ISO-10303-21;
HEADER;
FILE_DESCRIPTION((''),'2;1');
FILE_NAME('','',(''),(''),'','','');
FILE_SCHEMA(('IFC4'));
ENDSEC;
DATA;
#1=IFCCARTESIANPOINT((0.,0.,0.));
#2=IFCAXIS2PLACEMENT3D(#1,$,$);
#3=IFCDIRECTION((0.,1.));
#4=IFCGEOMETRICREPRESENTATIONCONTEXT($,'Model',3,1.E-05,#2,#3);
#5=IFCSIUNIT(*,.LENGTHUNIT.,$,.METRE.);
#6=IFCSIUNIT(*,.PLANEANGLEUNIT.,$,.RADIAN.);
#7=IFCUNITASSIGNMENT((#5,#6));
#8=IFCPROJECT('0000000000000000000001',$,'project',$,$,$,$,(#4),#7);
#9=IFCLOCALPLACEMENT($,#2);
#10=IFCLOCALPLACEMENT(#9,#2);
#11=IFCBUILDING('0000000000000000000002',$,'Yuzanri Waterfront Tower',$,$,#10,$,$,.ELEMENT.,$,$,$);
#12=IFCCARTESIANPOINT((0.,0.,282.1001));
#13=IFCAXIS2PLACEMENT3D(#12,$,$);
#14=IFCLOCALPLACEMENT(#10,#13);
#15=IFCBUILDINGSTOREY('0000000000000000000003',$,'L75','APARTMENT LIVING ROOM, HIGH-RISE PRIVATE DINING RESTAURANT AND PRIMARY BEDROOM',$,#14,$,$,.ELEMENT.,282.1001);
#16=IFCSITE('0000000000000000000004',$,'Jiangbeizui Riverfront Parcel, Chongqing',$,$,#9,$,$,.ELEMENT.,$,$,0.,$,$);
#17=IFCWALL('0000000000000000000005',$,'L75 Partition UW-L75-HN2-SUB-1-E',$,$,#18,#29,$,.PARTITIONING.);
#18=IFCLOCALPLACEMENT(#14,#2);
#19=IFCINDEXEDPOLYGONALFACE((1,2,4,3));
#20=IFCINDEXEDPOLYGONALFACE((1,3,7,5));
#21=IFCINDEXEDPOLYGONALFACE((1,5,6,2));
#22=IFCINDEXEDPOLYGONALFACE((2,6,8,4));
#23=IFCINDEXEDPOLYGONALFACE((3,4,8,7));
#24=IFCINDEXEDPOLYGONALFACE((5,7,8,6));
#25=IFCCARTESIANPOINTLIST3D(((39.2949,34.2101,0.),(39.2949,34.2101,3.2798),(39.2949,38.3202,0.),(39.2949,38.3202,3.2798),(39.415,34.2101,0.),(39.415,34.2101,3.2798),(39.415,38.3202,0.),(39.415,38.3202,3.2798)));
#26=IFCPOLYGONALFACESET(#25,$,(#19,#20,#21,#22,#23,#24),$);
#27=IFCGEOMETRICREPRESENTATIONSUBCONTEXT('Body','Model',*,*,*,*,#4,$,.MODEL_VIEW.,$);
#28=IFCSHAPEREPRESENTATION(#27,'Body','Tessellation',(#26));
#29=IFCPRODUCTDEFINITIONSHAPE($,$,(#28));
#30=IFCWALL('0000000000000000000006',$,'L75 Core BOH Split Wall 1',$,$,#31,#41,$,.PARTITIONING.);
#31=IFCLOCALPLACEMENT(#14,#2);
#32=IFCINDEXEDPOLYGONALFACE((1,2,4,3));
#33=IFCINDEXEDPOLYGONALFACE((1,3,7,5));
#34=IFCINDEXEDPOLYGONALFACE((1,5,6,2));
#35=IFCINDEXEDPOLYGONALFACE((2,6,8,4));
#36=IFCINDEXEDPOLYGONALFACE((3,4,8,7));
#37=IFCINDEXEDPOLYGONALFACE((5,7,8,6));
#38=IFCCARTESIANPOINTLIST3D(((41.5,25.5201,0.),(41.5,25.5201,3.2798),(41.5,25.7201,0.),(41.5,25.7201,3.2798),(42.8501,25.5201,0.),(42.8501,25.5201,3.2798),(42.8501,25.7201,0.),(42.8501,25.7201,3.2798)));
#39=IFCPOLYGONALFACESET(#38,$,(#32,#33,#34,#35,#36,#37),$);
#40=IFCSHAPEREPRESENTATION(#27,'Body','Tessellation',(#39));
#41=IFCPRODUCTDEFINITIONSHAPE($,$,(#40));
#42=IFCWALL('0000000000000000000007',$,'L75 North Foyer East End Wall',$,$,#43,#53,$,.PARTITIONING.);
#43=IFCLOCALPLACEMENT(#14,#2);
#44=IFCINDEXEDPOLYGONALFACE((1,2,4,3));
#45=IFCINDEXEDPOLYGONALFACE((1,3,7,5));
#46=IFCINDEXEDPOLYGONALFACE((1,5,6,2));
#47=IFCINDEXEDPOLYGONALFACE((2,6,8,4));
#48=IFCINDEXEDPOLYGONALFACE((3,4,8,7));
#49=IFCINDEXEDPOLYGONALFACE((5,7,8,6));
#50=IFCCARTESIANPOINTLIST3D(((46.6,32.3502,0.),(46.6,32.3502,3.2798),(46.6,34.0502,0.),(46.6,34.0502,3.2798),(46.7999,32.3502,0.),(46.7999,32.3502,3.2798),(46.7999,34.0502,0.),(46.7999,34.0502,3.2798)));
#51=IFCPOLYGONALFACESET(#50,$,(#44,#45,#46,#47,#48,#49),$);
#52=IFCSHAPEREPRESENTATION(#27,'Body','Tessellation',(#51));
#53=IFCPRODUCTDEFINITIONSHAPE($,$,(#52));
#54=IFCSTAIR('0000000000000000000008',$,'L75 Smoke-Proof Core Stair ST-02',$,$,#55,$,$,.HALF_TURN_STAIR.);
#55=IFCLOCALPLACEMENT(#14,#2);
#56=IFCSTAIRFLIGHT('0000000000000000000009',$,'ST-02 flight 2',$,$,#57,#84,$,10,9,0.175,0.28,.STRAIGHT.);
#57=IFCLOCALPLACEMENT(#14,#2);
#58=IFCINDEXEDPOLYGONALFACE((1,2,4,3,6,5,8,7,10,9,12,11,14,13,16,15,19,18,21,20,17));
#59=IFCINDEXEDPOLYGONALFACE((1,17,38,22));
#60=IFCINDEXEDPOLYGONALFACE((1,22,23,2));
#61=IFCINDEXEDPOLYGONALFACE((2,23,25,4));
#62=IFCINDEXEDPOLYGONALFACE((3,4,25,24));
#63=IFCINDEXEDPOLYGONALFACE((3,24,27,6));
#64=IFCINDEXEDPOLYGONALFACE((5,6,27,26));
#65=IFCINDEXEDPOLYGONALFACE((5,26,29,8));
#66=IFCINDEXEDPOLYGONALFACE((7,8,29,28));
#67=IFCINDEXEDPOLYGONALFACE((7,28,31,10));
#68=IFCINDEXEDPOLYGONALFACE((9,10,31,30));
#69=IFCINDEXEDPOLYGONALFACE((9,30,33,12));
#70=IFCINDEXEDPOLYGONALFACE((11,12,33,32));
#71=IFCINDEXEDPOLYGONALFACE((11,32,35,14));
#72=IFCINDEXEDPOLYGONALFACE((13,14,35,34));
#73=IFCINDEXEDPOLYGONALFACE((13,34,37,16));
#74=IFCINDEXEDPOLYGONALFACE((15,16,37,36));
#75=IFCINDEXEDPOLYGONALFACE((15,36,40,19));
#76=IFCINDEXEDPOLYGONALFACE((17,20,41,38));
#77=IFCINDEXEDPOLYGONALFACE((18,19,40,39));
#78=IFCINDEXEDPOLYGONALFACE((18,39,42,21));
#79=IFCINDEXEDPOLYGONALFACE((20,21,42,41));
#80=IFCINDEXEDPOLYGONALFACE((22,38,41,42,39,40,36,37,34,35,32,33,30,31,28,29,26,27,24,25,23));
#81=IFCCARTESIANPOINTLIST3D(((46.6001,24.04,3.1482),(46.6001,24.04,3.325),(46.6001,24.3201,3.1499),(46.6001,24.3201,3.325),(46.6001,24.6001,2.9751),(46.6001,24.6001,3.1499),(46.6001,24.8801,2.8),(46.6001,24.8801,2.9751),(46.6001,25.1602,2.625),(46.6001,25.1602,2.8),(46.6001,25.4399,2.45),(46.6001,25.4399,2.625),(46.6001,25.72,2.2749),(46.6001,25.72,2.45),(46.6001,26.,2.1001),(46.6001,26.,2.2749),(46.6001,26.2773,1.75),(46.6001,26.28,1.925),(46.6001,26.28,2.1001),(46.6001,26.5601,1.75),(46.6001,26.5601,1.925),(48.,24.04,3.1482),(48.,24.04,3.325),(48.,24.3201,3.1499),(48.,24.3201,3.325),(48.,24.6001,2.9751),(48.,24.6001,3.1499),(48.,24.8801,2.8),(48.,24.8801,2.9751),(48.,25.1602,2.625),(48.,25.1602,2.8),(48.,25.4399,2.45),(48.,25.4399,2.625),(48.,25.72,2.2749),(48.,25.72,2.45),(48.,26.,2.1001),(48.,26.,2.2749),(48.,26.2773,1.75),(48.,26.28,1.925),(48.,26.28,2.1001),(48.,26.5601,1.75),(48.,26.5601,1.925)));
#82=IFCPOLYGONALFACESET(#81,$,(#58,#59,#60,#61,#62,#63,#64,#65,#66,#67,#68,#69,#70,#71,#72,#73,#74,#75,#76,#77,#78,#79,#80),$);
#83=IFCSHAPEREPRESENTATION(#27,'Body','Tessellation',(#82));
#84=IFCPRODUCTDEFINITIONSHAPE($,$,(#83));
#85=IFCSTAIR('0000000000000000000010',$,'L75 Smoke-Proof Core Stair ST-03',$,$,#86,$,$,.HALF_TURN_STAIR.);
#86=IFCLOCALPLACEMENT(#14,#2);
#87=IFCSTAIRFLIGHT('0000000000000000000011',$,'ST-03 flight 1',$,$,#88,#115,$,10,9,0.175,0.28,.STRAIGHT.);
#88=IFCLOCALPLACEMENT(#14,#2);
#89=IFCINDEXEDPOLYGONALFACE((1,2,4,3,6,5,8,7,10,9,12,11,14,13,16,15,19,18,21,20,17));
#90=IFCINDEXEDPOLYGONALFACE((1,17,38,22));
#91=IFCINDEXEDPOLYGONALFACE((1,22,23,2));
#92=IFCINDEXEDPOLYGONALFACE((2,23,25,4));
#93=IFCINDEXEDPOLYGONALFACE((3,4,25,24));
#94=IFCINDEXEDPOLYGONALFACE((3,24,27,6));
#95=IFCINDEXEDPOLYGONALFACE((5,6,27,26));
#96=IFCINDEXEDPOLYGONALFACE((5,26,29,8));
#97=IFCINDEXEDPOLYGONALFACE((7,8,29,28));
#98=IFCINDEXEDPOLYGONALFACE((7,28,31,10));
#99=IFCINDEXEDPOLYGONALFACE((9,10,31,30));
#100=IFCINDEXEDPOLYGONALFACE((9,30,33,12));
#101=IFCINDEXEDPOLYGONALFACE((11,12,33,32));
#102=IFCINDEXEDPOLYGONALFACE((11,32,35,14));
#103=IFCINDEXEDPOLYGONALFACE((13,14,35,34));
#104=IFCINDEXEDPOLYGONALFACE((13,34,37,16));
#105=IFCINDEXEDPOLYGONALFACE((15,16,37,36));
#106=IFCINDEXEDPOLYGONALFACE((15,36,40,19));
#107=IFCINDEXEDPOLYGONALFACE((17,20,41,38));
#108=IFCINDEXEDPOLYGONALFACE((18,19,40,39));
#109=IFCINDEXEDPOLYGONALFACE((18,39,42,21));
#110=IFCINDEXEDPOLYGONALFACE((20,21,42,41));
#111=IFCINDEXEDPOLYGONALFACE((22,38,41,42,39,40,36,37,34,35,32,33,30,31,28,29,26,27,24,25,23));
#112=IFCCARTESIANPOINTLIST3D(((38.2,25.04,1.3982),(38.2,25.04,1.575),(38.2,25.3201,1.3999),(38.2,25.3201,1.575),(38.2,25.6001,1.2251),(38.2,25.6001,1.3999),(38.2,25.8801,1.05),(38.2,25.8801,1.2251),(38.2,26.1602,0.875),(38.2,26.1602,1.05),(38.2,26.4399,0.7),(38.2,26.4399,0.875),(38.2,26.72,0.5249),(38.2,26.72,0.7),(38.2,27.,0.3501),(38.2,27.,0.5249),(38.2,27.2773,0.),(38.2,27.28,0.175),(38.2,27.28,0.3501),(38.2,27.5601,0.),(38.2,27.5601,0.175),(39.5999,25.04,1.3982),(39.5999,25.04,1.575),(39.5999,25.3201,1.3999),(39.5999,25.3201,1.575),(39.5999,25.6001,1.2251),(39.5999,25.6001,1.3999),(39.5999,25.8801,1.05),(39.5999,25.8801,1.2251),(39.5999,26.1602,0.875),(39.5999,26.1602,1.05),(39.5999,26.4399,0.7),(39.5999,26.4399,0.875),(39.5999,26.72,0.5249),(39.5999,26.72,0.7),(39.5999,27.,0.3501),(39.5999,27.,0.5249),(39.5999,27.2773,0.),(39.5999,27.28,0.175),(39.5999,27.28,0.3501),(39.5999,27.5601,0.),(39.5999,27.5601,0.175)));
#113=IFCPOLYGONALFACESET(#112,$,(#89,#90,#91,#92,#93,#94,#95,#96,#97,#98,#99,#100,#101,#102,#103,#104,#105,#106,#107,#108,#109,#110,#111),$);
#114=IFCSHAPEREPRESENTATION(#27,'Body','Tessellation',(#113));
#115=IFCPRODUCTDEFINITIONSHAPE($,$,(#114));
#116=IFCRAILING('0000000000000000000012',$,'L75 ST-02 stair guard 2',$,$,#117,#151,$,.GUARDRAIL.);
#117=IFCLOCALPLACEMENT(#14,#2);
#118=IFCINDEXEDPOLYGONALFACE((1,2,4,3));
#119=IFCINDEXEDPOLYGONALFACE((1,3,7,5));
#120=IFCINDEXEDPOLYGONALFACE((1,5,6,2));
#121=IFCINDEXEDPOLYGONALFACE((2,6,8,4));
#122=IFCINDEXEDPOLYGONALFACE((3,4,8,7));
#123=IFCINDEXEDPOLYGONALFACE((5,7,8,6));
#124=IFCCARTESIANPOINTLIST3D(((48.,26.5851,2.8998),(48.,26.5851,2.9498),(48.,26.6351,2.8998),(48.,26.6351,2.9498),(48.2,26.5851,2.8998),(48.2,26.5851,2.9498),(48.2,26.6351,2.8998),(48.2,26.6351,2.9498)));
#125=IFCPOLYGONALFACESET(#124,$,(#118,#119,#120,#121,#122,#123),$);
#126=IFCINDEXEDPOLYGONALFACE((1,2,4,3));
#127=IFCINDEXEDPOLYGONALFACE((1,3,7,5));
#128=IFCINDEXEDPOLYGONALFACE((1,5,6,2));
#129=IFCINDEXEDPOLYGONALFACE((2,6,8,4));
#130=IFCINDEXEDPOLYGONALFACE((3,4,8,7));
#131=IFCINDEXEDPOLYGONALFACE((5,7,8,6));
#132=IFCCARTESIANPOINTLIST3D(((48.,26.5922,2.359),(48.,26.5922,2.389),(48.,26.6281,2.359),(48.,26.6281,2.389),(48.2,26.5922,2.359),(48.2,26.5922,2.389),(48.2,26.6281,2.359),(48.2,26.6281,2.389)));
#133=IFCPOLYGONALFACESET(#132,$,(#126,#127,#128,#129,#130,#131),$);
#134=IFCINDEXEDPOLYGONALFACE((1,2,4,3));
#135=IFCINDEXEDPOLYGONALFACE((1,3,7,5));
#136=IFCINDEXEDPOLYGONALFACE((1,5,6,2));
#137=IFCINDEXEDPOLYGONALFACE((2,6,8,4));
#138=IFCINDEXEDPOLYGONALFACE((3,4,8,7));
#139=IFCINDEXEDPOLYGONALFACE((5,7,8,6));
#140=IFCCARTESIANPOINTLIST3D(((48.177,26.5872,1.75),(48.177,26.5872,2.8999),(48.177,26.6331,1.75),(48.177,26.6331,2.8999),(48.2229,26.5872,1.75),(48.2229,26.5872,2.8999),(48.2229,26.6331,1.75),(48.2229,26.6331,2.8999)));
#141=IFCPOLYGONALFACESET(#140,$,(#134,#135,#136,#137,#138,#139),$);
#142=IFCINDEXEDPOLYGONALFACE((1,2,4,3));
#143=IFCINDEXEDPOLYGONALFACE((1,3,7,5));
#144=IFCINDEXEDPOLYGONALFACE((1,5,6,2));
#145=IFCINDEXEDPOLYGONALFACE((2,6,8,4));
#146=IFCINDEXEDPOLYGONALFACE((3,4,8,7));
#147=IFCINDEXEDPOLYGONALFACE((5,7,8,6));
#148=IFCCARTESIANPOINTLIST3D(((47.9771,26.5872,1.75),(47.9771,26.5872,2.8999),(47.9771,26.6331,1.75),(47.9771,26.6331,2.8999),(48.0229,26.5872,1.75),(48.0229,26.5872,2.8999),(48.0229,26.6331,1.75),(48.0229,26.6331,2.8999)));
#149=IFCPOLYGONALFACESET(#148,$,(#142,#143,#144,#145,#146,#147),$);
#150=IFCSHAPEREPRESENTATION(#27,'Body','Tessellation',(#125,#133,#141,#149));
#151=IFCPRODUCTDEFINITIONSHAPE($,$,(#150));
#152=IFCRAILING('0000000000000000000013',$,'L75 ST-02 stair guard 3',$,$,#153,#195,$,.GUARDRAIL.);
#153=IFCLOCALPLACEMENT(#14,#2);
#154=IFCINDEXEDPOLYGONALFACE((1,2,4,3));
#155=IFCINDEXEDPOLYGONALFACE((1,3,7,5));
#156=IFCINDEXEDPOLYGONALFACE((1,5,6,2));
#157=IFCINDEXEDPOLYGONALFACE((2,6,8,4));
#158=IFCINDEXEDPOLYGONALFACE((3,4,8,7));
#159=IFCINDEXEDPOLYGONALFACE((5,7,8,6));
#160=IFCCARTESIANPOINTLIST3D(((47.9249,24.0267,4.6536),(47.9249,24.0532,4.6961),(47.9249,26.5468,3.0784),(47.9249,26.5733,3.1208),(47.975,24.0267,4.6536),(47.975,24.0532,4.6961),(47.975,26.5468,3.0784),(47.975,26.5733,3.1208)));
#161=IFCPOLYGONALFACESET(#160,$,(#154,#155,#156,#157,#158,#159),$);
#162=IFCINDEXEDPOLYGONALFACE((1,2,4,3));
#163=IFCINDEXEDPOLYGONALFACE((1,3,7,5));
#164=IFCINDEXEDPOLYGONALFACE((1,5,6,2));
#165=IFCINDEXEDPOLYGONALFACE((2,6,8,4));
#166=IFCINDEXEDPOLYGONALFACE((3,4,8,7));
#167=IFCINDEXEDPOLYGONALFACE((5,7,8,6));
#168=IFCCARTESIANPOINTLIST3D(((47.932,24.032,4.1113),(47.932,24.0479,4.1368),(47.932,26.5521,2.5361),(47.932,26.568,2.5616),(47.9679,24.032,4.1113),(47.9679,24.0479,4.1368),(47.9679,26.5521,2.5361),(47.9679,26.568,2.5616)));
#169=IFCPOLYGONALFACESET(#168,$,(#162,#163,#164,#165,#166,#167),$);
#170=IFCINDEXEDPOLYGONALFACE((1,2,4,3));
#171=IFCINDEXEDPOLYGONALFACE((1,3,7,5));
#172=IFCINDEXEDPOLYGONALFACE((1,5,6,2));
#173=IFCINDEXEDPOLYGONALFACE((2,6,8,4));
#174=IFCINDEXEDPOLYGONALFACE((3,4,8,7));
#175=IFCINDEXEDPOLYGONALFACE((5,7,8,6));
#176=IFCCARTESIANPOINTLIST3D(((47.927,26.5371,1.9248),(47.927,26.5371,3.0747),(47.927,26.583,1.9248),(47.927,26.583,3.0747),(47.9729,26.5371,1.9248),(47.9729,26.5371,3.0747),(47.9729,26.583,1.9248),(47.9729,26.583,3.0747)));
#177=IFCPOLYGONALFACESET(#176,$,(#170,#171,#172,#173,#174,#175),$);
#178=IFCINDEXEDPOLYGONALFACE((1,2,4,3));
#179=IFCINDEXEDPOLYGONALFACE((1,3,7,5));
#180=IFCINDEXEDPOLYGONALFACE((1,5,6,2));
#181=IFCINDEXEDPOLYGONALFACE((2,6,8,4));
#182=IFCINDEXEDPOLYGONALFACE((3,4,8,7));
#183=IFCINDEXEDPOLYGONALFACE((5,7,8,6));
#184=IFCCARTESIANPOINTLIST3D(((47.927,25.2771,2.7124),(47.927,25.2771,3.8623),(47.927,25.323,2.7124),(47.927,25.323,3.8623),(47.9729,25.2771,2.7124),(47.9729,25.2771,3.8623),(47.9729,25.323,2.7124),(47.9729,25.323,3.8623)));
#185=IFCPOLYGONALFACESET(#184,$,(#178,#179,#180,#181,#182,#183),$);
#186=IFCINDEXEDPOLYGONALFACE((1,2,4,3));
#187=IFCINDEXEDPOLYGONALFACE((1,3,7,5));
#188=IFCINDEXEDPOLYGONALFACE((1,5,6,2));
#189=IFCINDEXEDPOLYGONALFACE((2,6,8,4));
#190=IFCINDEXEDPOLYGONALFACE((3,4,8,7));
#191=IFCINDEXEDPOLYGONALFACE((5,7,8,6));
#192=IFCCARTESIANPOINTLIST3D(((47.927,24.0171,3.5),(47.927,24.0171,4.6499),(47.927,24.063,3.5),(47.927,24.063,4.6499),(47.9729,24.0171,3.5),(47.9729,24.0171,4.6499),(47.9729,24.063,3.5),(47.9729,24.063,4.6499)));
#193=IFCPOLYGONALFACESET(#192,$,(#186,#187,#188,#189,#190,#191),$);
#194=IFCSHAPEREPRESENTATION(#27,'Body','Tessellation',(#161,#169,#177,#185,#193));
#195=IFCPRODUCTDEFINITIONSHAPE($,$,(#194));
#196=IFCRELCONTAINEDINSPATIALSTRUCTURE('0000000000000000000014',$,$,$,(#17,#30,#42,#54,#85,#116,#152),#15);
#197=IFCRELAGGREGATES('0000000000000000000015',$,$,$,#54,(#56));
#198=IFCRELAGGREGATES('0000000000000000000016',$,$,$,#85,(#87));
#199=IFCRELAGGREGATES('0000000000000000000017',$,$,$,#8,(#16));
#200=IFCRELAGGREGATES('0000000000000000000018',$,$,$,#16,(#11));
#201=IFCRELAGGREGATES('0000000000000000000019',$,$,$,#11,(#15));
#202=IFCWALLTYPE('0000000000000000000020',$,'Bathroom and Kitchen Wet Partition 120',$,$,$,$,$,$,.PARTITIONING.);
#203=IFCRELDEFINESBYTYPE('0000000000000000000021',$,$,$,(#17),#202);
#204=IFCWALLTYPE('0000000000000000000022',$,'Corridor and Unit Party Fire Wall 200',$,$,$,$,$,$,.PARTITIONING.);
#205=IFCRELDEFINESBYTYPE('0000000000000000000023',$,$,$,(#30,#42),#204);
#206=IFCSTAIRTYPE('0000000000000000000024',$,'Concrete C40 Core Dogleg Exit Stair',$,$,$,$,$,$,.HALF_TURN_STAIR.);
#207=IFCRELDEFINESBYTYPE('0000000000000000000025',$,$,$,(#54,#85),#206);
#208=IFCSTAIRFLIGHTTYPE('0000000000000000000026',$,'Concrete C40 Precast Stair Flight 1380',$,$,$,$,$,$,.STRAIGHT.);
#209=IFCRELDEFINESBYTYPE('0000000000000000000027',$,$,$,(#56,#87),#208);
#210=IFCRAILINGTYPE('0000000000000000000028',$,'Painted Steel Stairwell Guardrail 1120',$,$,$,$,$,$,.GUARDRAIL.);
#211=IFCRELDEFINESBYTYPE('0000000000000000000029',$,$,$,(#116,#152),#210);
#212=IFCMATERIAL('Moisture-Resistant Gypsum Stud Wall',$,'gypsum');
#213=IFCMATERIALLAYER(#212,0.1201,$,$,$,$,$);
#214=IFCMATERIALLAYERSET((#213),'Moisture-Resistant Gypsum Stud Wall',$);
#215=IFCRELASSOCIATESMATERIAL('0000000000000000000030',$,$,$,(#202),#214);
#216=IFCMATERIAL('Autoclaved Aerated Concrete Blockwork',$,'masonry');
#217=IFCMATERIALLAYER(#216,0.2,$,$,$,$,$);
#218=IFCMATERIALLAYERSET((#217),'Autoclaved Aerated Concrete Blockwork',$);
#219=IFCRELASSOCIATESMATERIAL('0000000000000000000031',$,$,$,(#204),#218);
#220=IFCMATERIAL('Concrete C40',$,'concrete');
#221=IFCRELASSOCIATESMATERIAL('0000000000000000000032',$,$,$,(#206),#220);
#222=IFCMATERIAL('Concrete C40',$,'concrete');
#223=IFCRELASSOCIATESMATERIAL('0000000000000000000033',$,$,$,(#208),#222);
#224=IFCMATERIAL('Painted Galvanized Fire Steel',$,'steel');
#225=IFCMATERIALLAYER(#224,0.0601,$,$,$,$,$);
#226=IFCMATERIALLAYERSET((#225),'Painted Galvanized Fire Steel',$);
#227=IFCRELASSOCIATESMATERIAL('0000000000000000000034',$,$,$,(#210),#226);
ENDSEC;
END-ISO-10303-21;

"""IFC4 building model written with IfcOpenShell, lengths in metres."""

from ifc_helpers import new_model, si_unit, direction, frame, frame_2d, origin, origin_2d, place, context, subcontext, project, spatial, polyline, rectangle, outline, extrude, source, transform, mapped, material, layer, layer_set, type_object, element, aggregate, save


model = new_model("IFC4")

# Units and contexts
model_context = context("Model", 3, precision=1e-05, world=origin(), true_north=direction((0.0, 1.0)))
body_context = subcontext(model_context, "Body", "Model", "MODEL_VIEW")
ifc_project = project(units=[si_unit("LENGTHUNIT", "METRE"), si_unit("PLANEANGLEUNIT", "RADIAN")], contexts=[model_context])

# Site, building, storey
site_placement = place(None, origin())
site = spatial("IfcSite", under=ifc_project, at=site_placement, Name="Jiangbeizui Riverfront Parcel, Chongqing", CompositionType="ELEMENT", RefElevation=0.0)
building_placement = place(site_placement, origin())
building = spatial("IfcBuilding", under=site, at=building_placement, Name="Yuzanri Waterfront Tower", CompositionType="ELEMENT")
storey_placement = place(building_placement, frame((0.0, 0.0, 282.1001)))
storey = spatial("IfcBuildingStorey", under=building, at=storey_placement, Name="L75", Description="APARTMENT LIVING ROOM, HIGH-RISE PRIVATE DINING RESTAURANT AND PRIMARY BEDROOM", CompositionType="ELEMENT", Elevation=282.1001)

# Walls
ifc_material_1 = material(Name="Moisture-Resistant Gypsum Stud Wall", Category="gypsum")
ifc_layer_1 = layer(ifc_material_1, 0.1201)
ifc_layer_set_1 = layer_set([ifc_layer_1], Name="Moisture-Resistant Gypsum Stud Wall")
wall_type_1 = type_object("IfcWallType", Name="Bathroom and Kitchen Wet Partition 120", PredefinedType="PARTITIONING", material=ifc_layer_set_1)
shared_shape_1 = source(origin(), body_context, "Body", "SweptSolid", [
    extrude(rectangle(XDim=4.1101, YDim=0.1201, at=frame_2d((2.0552, 0.0))), origin(), (0.0, 0.0, 1.0), 3.2798),
])
wall_1_placement = place(storey_placement, frame((39.355, 34.21, 0.0), z_axis=(0.0, 0.0, 1.0), x_axis=(0.0, 1.0, 0.0)))
element("IfcWall", 1, at=wall_1_placement, inside=storey, type_object=wall_type_1, Name="L75 Partition UW-L75-HN2-SUB-1-E", PredefinedType="PARTITIONING", context=body_context, shape_type="MappedRepresentation", body=[
    mapped(shared_shape_1, transform((0.0, 0.0, 0.0), scale=1.0)),
])
ifc_material_2 = material(Name="Autoclaved Aerated Concrete Blockwork", Category="masonry")
ifc_layer_2 = layer(ifc_material_2, 0.2)
ifc_layer_set_2 = layer_set([ifc_layer_2], Name="Autoclaved Aerated Concrete Blockwork")
wall_type_2 = type_object("IfcWallType", Name="Corridor and Unit Party Fire Wall 200", PredefinedType="PARTITIONING", material=ifc_layer_set_2)
shared_shape_2 = source(origin(), body_context, "Body", "SweptSolid", [
    extrude(rectangle(XDim=1.3501, YDim=0.2, at=frame_2d((0.675, 0.0))), origin(), (0.0, 0.0, 1.0), 3.2798),
])
wall_2_placement = place(storey_placement, frame((41.5, 25.6201, 0.0), z_axis=(0.0, 0.0, 1.0), x_axis=(1.0, 0.0, 0.0)))
element("IfcWall", 2, at=wall_2_placement, inside=storey, type_object=wall_type_2, Name="L75 Core BOH Split Wall 1", PredefinedType="PARTITIONING", context=body_context, shape_type="MappedRepresentation", body=[
    mapped(shared_shape_2, transform((0.0, 0.0, 0.0), scale=1.0)),
])
shared_shape_3 = source(origin(), body_context, "Body", "SweptSolid", [
    extrude(rectangle(XDim=1.7, YDim=0.2, at=frame_2d((0.8501, 0.0))), origin(), (0.0, 0.0, 1.0), 3.2798),
])
wall_3_placement = place(storey_placement, frame((46.7, 32.3501, 0.0), z_axis=(0.0, 0.0, 1.0), x_axis=(0.0, 1.0, 0.0)))
element("IfcWall", 3, at=wall_3_placement, inside=storey, type_object=wall_type_2, Name="L75 North Foyer East End Wall", PredefinedType="PARTITIONING", context=body_context, shape_type="MappedRepresentation", body=[
    mapped(shared_shape_3, transform((0.0, 0.0, 0.0), scale=1.0)),
])

# Stairs, stair flights
ifc_material_3 = material(Name="Concrete C40", Category="concrete")
stair_type = type_object("IfcStairType", Name="Concrete C40 Core Dogleg Exit Stair", PredefinedType="HALF_TURN_STAIR", material=ifc_material_3)
stair_1_placement = place(storey_placement, origin())
stair_1 = element("IfcStair", 4, at=stair_1_placement, inside=storey, type_object=stair_type, Name="L75 Smoke-Proof Core Stair ST-02", PredefinedType="HALF_TURN_STAIR")
ifc_material_4 = material(Name="Concrete C40", Category="concrete")
stair_flight_type = type_object("IfcStairFlightType", Name="Concrete C40 Precast Stair Flight 1380", PredefinedType="STRAIGHT", material=ifc_material_4)
shared_shape_4 = source(origin(), body_context, "Body", "SweptSolid", [
    extrude(outline(polyline([(0.0, 0.0), (0.0, 0.175), (0.28, 0.175), (0.28, 0.3501), (0.5601, 0.3501), (0.5601, 0.5249), (0.8401, 0.5249), (0.8401, 0.7), (1.1201, 0.7), (1.1201, 0.875), (1.3999, 0.875), (1.3999, 1.05), (1.6799, 1.05), (1.6799, 1.2251), (1.96, 1.2251), (1.96, 1.3999), (2.24, 1.3999), (2.24, 1.575), (2.52, 1.575), (2.52, 1.75), (2.52, 1.3982), (0.2827, 0.0), (0.0, 0.0)])), frame((0.0, 0.7, 0.0), z_axis=(0.0, -1.0, 0.0), x_axis=(1.0, 0.0, 0.0)), (0.0, 0.0, 1.0), 1.3999),
])
stair_flight_1_placement = place(storey_placement, frame((47.3, 26.5601, 1.75), z_axis=(0.0, 0.0, 1.0), x_axis=(0.0, -1.0, 0.0)))
stair_flight_1 = element("IfcStairFlight", 5, at=stair_flight_1_placement, type_object=stair_flight_type, Name="ST-02 flight 2", NumberOfRisers=10, NumberOfTreads=9, PredefinedType="STRAIGHT", RiserHeight=0.175, TreadLength=0.28, context=body_context, shape_type="MappedRepresentation", body=[
    mapped(shared_shape_4, transform((0.0, 0.0, 0.0), scale=1.0)),
])
aggregate(stair_1, [stair_flight_1])
stair_2_placement = place(storey_placement, origin())
stair_2 = element("IfcStair", 6, at=stair_2_placement, inside=storey, type_object=stair_type, Name="L75 Smoke-Proof Core Stair ST-03", PredefinedType="HALF_TURN_STAIR")
stair_flight_2_placement = place(storey_placement, frame((38.8999, 27.5601, 0.0), z_axis=(0.0, 0.0, 1.0), x_axis=(0.0, -1.0, 0.0)))
stair_flight_2 = element("IfcStairFlight", 7, at=stair_flight_2_placement, type_object=stair_flight_type, Name="ST-03 flight 1", NumberOfRisers=10, NumberOfTreads=9, PredefinedType="STRAIGHT", RiserHeight=0.175, TreadLength=0.28, context=body_context, shape_type="MappedRepresentation", body=[
    mapped(shared_shape_4, transform((0.0, 0.0, 0.0), scale=1.0)),
])
aggregate(stair_2, [stair_flight_2])

# Railings
ifc_material_5 = material(Name="Painted Galvanized Fire Steel", Category="steel")
ifc_layer_3 = layer(ifc_material_5, 0.0601)
ifc_layer_set_3 = layer_set([ifc_layer_3], Name="Painted Galvanized Fire Steel")
railing_type_1 = type_object("IfcRailingType", Name="Painted Steel Stairwell Guardrail 1120", PredefinedType="GUARDRAIL", material=ifc_layer_set_3)
shared_shape_5 = source(origin(), body_context, "Body", "SweptSolid", [
    extrude(rectangle(XDim=0.05, YDim=0.05, at=origin_2d()), frame((0.0, 0.0, 1.1748), z_axis=(-1.0, 0.0, 0.0), x_axis=(0.0, -1.0, 0.0)), (0.0, 0.0, 1.0), 0.2),
    extrude(rectangle(XDim=0.0359, YDim=0.03, at=origin_2d()), frame((0.0, 0.0, 0.624), z_axis=(-1.0, 0.0, 0.0), x_axis=(0.0, -1.0, 0.0)), (0.0, 0.0, 1.0), 0.2),
    extrude(rectangle(XDim=0.0459, YDim=0.0459, at=origin_2d()), origin(), (0.0, 0.0, 1.0), 1.1499),
    extrude(rectangle(XDim=0.0459, YDim=0.0459, at=origin_2d()), frame((-0.2, 0.0, 0.0)), (0.0, 0.0, 1.0), 1.1499),
])
railing_1_placement = place(storey_placement, frame((48.2, 26.6101, 1.75)))
element("IfcRailing", 8, at=railing_1_placement, inside=storey, type_object=railing_type_1, Name="L75 ST-02 stair guard 2", PredefinedType="GUARDRAIL", context=body_context, shape_type="MappedRepresentation", body=[
    mapped(shared_shape_5, transform((0.0, 0.0, 0.0), scale=1.0)),
])
shared_shape_6 = source(origin(), body_context, "Body", "SweptSolid", [
    extrude(rectangle(XDim=0.05, YDim=0.05, at=origin_2d()), frame((0.0, 0.0, 1.1748), z_axis=(0.0, -0.847971, 0.530043), x_axis=(1.0, 0.0, 0.0)), (0.0, 0.0, 1.0), 2.9719),
    extrude(rectangle(XDim=0.0359, YDim=0.03, at=origin_2d()), frame((0.0, 0.0, 0.624), z_axis=(0.0, -0.847971, 0.530043), x_axis=(1.0, 0.0, 0.0)), (0.0, 0.0, 1.0), 2.9719),
    extrude(rectangle(XDim=0.0459, YDim=0.0459, at=origin_2d()), origin(), (0.0, 0.0, 1.0), 1.1499),
    extrude(rectangle(XDim=0.0459, YDim=0.0459, at=origin_2d()), frame((0.0, -1.26, 0.7876)), (0.0, 0.0, 1.0), 1.1499),
    extrude(rectangle(XDim=0.0459, YDim=0.0459, at=origin_2d()), frame((0.0, -2.52, 1.5752)), (0.0, 0.0, 1.0), 1.1499),
])
for number, where, name in (
    (9, (47.95, 26.5601, 1.9248), "L75 ST-02 stair guard 3"),
):
    element("IfcRailing", number, at=place(storey_placement, frame(where)), inside=storey, type_object=railing_type_1, Name=name, PredefinedType="GUARDRAIL", context=body_context, shape_type="MappedRepresentation", body=[
        mapped(shared_shape_6, transform((0.0, 0.0, 0.0), scale=1.0)),
    ])

save(model, "model.ifc")
